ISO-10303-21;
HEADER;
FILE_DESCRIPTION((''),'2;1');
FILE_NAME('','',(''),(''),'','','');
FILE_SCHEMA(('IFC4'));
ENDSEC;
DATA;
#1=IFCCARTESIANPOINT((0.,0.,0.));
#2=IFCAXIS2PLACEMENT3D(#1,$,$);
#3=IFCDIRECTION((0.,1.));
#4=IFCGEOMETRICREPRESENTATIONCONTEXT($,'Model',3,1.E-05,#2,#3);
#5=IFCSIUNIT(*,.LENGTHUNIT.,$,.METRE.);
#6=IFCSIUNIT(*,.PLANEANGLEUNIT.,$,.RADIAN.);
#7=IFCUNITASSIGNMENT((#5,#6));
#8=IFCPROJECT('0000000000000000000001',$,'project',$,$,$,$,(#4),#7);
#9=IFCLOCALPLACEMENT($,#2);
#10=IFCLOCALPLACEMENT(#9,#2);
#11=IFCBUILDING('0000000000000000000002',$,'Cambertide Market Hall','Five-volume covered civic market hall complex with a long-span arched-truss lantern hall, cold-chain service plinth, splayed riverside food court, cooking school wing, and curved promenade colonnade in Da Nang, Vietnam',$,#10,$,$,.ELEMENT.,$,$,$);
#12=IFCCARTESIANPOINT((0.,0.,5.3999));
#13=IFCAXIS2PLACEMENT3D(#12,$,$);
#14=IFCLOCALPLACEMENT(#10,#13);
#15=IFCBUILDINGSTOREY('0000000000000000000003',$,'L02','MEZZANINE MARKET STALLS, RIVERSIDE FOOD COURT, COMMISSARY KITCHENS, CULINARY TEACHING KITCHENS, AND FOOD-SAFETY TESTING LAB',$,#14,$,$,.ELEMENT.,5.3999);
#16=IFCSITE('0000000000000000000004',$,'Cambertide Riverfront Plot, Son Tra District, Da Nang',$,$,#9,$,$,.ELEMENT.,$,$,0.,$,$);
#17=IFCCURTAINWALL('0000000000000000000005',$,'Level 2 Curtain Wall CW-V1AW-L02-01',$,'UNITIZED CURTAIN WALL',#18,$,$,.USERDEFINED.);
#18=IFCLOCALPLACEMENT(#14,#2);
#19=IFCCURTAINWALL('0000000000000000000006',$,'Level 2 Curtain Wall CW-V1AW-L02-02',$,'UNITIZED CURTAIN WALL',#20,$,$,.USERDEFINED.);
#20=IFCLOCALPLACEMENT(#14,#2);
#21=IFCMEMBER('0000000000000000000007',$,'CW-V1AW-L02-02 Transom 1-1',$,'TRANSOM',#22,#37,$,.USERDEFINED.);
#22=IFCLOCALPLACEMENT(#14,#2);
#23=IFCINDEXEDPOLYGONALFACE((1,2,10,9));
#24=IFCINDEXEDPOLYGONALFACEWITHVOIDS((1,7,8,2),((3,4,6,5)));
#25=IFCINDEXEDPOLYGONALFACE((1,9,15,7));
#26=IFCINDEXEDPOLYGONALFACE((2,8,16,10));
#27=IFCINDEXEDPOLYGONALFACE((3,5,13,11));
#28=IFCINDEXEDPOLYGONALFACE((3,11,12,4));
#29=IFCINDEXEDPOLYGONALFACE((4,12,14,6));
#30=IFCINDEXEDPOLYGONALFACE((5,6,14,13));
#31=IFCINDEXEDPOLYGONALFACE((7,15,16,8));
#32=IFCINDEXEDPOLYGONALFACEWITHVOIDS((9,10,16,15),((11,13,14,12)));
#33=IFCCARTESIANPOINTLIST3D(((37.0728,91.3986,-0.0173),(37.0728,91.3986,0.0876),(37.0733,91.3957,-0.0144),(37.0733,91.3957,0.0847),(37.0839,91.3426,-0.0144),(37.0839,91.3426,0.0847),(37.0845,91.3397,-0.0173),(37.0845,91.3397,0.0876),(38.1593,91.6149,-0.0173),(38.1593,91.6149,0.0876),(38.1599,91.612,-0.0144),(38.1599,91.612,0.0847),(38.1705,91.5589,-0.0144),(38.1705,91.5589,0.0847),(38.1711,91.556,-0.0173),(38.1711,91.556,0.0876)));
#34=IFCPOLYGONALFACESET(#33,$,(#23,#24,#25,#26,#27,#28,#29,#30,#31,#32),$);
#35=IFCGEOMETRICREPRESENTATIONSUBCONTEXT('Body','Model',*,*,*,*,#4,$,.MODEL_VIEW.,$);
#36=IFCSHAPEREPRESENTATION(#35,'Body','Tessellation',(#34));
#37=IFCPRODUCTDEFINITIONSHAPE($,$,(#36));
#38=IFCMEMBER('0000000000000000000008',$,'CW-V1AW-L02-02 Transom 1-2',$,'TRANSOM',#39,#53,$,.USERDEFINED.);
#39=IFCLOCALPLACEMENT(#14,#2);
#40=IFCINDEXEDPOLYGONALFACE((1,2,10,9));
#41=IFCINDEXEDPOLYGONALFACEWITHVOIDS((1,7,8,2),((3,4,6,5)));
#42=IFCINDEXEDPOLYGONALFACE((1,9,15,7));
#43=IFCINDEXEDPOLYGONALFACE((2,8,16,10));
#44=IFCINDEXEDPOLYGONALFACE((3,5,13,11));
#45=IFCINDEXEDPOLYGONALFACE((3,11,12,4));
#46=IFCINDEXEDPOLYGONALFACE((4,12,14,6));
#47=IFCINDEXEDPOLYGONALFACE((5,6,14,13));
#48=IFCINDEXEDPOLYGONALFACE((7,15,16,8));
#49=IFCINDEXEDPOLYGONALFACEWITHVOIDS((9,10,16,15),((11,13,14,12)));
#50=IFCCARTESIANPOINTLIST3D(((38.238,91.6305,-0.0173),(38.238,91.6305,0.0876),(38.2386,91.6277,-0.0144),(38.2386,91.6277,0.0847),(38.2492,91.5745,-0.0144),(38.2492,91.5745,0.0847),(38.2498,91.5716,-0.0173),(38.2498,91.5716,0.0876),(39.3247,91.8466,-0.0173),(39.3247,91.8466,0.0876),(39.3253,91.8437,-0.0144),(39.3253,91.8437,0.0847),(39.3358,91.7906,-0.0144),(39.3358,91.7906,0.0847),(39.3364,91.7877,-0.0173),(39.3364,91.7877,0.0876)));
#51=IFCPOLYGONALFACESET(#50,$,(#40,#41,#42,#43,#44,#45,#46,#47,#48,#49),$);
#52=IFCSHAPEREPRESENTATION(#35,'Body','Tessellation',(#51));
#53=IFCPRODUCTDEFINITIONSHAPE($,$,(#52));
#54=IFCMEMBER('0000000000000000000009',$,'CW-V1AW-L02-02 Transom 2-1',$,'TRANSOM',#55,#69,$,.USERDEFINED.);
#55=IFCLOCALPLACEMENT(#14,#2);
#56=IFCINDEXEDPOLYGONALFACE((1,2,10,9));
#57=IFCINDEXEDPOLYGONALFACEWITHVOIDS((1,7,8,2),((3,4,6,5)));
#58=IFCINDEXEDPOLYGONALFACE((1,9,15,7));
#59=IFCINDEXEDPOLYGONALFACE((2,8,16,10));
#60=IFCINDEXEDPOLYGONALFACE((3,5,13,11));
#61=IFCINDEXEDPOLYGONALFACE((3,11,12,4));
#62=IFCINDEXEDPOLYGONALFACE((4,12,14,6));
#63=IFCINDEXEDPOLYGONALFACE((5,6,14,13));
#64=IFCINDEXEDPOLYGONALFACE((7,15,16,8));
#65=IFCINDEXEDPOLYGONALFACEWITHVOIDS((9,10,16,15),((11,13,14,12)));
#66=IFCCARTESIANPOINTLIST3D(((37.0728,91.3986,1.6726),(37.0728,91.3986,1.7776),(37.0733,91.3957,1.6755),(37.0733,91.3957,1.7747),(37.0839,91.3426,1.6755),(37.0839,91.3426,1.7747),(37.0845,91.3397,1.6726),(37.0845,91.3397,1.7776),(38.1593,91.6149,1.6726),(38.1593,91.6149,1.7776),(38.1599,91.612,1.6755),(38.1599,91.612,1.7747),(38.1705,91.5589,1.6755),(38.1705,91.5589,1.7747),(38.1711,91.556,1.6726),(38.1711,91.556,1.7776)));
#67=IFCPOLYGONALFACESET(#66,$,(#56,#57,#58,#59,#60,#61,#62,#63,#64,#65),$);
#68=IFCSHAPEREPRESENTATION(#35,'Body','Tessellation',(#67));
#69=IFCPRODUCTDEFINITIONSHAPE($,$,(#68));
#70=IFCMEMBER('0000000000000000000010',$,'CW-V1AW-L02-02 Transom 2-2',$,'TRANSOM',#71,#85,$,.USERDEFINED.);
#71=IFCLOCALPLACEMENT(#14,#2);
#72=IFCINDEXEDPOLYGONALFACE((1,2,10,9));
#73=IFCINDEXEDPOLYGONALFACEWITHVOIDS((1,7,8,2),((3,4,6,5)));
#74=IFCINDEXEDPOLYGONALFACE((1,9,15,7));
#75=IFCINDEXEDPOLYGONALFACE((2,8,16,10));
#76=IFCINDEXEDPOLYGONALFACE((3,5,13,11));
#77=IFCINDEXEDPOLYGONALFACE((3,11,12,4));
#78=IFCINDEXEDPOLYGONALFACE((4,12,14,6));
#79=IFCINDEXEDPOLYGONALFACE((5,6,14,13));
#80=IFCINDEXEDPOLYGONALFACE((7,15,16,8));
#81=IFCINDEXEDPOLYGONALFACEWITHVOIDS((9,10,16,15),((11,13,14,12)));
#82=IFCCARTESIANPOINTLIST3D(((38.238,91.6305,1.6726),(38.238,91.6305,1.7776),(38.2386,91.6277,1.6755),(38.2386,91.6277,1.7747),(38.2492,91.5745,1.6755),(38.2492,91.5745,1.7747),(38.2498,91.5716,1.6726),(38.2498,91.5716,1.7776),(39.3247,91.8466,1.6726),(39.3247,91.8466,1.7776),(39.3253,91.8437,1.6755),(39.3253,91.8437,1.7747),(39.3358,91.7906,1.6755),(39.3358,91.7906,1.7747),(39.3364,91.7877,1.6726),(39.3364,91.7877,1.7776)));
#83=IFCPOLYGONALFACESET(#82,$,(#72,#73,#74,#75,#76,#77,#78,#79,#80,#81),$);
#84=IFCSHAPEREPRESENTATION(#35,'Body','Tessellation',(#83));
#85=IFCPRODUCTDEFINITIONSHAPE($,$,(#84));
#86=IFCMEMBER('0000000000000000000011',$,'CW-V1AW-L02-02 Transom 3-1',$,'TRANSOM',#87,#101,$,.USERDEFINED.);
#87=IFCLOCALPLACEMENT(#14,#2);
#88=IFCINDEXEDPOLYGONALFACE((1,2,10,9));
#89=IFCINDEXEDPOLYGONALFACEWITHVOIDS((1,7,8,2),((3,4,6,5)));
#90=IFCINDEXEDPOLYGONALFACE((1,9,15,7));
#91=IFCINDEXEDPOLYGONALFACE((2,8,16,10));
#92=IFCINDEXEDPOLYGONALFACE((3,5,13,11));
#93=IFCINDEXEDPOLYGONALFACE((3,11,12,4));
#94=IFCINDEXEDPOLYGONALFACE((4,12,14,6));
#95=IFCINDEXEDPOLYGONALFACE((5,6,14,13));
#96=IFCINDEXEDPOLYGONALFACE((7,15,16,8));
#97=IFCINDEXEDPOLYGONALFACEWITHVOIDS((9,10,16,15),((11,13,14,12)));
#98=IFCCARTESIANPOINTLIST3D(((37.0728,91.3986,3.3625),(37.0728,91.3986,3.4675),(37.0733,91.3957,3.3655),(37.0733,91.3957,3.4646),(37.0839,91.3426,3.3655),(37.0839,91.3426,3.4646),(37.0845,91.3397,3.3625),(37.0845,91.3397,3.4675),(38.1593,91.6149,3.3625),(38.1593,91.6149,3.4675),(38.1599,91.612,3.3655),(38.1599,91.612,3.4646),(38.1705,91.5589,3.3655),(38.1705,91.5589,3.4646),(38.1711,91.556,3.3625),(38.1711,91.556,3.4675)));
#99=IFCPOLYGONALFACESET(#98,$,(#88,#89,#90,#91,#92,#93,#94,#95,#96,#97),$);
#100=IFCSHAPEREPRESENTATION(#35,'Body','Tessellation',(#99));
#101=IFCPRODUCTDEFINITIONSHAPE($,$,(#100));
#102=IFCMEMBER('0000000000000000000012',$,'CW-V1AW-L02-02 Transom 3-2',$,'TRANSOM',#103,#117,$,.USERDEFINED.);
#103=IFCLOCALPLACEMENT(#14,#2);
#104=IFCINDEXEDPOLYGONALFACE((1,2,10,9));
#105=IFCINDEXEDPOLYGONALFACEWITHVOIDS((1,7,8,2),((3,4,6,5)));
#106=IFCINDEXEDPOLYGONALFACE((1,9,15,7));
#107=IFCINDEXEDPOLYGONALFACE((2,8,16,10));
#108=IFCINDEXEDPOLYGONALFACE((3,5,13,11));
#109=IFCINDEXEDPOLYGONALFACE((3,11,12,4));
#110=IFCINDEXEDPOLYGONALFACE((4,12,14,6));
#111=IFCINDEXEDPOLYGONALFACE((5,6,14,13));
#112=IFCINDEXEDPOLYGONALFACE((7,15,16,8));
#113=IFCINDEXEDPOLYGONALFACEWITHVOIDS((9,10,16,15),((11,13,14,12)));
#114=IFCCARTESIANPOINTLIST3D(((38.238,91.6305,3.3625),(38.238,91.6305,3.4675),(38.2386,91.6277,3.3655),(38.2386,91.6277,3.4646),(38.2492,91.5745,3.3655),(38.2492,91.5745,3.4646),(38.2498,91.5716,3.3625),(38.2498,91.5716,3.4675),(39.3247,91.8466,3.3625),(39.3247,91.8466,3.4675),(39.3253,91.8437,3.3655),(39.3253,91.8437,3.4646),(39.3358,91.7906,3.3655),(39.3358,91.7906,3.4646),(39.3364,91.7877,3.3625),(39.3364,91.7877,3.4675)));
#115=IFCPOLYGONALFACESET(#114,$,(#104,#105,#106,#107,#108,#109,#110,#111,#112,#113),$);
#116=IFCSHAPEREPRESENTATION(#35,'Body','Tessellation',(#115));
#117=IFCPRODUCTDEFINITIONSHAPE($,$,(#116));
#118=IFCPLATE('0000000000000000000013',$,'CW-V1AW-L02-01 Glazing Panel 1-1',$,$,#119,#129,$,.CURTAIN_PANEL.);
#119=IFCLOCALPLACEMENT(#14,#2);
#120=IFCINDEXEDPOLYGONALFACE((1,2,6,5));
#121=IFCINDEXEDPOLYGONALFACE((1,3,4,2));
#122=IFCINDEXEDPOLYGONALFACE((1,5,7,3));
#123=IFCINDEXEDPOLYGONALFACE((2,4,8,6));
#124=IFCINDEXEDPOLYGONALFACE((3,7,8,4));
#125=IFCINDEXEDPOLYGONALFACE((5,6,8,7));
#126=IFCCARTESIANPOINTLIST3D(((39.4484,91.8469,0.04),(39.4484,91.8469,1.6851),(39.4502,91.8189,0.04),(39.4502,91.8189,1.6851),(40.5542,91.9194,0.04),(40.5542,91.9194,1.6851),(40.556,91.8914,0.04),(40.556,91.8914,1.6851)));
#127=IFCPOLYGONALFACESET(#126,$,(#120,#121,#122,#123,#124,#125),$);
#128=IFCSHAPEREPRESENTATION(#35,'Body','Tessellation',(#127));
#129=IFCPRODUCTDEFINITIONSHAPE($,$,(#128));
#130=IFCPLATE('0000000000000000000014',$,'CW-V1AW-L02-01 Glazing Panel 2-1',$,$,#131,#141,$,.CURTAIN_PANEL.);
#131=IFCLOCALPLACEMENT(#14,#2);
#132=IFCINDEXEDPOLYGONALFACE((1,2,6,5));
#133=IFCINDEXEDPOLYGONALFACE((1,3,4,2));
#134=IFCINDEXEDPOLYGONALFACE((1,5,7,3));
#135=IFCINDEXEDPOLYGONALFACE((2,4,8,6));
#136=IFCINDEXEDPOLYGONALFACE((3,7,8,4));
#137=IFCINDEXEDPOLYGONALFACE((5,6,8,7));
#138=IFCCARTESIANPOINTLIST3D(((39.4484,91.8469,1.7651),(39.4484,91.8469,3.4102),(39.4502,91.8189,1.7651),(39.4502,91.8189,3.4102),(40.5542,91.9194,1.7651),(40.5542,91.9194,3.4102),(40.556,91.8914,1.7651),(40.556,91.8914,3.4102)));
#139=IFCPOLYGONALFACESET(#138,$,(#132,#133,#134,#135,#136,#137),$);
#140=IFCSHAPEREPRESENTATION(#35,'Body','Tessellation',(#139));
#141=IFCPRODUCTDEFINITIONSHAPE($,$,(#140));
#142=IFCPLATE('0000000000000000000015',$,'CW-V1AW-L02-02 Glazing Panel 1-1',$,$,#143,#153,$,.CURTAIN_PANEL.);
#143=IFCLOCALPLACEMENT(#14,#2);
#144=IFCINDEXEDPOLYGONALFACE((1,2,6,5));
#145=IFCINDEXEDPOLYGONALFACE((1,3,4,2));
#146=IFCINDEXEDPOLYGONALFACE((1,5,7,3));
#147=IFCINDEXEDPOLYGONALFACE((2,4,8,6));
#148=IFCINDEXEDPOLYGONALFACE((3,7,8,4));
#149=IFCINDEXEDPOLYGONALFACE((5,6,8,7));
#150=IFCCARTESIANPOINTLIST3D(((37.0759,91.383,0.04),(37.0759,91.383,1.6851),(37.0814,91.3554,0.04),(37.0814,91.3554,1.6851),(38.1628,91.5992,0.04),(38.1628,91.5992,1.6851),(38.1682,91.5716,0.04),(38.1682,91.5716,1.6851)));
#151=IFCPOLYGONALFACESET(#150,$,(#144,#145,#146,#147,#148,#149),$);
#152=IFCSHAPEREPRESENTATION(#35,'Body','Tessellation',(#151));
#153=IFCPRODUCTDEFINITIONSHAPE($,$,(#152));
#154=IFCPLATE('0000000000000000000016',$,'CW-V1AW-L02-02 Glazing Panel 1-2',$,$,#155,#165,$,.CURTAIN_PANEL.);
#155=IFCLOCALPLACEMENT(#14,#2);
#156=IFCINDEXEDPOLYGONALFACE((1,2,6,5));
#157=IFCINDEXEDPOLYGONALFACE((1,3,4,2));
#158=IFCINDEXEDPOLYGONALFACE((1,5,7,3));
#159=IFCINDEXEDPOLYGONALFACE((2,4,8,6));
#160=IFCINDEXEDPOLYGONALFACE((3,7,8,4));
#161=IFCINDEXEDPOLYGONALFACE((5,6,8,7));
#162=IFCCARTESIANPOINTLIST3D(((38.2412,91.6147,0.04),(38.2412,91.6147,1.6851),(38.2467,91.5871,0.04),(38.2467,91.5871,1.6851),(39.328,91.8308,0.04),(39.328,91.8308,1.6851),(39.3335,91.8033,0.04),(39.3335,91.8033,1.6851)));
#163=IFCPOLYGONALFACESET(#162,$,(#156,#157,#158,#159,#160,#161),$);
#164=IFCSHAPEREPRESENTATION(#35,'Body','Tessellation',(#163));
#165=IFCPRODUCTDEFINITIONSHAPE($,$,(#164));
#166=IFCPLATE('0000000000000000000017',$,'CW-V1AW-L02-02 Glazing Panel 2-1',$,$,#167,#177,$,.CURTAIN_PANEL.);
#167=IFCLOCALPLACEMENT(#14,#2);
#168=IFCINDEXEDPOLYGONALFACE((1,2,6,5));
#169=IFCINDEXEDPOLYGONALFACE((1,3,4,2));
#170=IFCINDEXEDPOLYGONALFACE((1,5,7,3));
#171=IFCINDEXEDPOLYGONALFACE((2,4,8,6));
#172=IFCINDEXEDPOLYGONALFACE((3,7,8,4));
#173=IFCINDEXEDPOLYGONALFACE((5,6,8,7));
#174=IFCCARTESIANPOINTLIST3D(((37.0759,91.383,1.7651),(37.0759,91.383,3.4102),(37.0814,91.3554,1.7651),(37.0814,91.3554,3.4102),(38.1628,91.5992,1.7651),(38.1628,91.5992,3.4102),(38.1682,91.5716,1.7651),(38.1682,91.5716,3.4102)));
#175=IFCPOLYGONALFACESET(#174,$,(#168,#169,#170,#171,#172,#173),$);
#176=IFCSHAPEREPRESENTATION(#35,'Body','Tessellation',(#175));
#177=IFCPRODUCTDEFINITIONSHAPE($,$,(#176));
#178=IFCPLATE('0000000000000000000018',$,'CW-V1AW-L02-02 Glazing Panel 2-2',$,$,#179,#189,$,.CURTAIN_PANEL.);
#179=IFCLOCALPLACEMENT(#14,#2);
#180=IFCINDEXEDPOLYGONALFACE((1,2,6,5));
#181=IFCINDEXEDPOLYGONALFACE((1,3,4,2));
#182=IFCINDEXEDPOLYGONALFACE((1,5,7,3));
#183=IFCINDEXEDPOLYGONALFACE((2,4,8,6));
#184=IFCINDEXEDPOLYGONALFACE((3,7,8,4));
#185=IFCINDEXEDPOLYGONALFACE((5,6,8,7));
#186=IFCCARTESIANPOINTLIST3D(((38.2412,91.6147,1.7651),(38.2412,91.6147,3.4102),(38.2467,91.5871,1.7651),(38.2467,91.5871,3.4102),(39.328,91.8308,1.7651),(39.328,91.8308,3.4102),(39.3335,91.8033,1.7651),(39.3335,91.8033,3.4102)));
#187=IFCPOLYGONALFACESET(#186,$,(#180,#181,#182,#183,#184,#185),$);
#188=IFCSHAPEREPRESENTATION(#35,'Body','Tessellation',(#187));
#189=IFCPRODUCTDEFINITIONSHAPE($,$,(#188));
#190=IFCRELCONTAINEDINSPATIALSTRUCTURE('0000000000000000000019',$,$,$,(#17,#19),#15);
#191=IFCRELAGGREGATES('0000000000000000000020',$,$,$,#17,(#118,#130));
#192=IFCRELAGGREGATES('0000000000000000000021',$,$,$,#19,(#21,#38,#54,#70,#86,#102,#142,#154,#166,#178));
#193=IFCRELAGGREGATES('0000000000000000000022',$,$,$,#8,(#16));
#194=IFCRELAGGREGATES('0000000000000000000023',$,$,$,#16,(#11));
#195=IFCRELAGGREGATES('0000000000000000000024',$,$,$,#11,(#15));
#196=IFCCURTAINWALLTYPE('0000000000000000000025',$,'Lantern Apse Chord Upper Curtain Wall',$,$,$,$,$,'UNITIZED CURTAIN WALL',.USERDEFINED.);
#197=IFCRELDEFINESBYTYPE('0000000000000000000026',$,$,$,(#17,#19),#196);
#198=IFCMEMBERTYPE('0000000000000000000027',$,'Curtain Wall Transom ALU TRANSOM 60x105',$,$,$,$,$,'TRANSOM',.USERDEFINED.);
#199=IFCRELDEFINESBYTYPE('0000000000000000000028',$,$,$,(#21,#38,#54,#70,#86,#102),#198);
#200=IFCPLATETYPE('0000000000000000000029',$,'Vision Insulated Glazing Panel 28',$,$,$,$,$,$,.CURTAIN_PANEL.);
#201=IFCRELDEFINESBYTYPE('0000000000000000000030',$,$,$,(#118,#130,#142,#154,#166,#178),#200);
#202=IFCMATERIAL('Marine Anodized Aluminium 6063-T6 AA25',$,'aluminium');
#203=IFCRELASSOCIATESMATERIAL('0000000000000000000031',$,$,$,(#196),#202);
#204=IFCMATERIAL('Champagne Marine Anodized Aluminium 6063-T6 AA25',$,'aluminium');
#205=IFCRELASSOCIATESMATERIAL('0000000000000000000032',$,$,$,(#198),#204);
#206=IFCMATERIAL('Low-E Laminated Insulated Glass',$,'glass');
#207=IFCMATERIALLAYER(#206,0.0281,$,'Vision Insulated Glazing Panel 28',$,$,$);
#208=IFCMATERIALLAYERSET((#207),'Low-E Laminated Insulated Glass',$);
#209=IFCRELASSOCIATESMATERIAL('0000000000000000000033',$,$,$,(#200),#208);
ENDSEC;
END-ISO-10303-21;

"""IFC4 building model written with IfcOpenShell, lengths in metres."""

from ifc_helpers import new_model, si_unit, direction, frame, origin, origin_2d, place, context, subcontext, project, spatial, rectangle, hollow_rectangle, extrude, material, layer, layer_set, material_profile, profile_set, type_object, element, aggregate, save


model = new_model("IFC4")

# Units and contexts
model_context = context("Model", 3, precision=1e-05, world=origin(), true_north=direction((0.0, 1.0)))
body_context = subcontext(model_context, "Body", "Model", "MODEL_VIEW")
ifc_project = project(units=[si_unit("LENGTHUNIT", "METRE"), si_unit("PLANEANGLEUNIT", "RADIAN")], contexts=[model_context])

# Site, building, storey
site_placement = place(None, origin())
site = spatial("IfcSite", under=ifc_project, at=site_placement, Name="Cambertide Riverfront Plot, Son Tra District, Da Nang", CompositionType="ELEMENT", RefElevation=0.0)
building_placement = place(site_placement, origin())
building = spatial("IfcBuilding", under=site, at=building_placement, Name="Cambertide Market Hall", Description="Five-volume covered civic market hall complex with a long-span arched-truss lantern hall, cold-chain service plinth, splayed riverside food court, cooking school wing, and curved promenade colonnade in Da Nang, Vietnam", CompositionType="ELEMENT")
storey_placement = place(building_placement, frame((0.0, 0.0, 5.3999)))
storey = spatial("IfcBuildingStorey", under=building, at=storey_placement, Name="L02", Description="MEZZANINE MARKET STALLS, RIVERSIDE FOOD COURT, COMMISSARY KITCHENS, CULINARY TEACHING KITCHENS, AND FOOD-SAFETY TESTING LAB", CompositionType="ELEMENT", Elevation=5.3999)

# Curtain walls
ifc_material_1 = material(Name="Marine Anodized Aluminium 6063-T6 AA25", Category="aluminium")
curtain_wall_type = type_object("IfcCurtainWallType", Name="Lantern Apse Chord Upper Curtain Wall", ElementType="UNITIZED CURTAIN WALL", PredefinedType="USERDEFINED", material=ifc_material_1)
curtain_wall_1_placement = place(storey_placement, origin())
curtain_wall_1 = element("IfcCurtainWall", 1, at=curtain_wall_1_placement, inside=storey, type_object=curtain_wall_type, Name="Level 2 Curtain Wall CW-V1AW-L02-01", ObjectType="UNITIZED CURTAIN WALL", PredefinedType="USERDEFINED")
curtain_wall_2_placement = place(storey_placement, origin())
curtain_wall_2 = element("IfcCurtainWall", 2, at=curtain_wall_2_placement, inside=storey, type_object=curtain_wall_type, Name="Level 2 Curtain Wall CW-V1AW-L02-02", ObjectType="UNITIZED CURTAIN WALL", PredefinedType="USERDEFINED")

# Members
ifc_material_2 = material(Name="Champagne Marine Anodized Aluminium 6063-T6 AA25", Category="aluminium")
ifc_material_profile_1 = material_profile(ifc_material_2, hollow_rectangle(XDim=0.0601, YDim=0.105, WallThickness=0.0029, at=origin_2d()), Name="ALU TRANSOM 60x105")
ifc_profile_set_1 = profile_set([ifc_material_profile_1], Name="Champagne Marine Anodized Aluminium 6063-T6 AA25")
member_type_1 = type_object("IfcMemberType", Name="Curtain Wall Transom ALU TRANSOM 60x105", ElementType="TRANSOM", PredefinedType="USERDEFINED", material=ifc_profile_set_1)
member_1_placement = place(storey_placement, frame((37.0786, 91.3691, 0.0352), z_axis=(0.980758, 0.195226, 0.0), x_axis=(-0.195226, 0.980758, 0.0)))
member_1 = element("IfcMember", 3, at=member_1_placement, type_object=member_type_1, Name="CW-V1AW-L02-02 Transom 1-1", ObjectType="TRANSOM", PredefinedType="USERDEFINED", context=body_context, shape_type="SweptSolid", body=[
    extrude(hollow_rectangle(XDim=0.0601, YDim=0.105, WallThickness=0.0029, at=origin_2d()), origin(), (0.0, 0.0, 1.0), 1.1079),
])
member_2_placement = place(storey_placement, frame((38.2439, 91.6011, 0.0352), z_axis=(0.9808, 0.195014, 0.0), x_axis=(-0.195014, 0.9808, 0.0)))
member_2 = element("IfcMember", 4, at=member_2_placement, type_object=member_type_1, Name="CW-V1AW-L02-02 Transom 1-2", ObjectType="TRANSOM", PredefinedType="USERDEFINED", context=body_context, shape_type="SweptSolid", body=[
    extrude(hollow_rectangle(XDim=0.0601, YDim=0.105, WallThickness=0.0029, at=origin_2d()), origin(), (0.0, 0.0, 1.0), 1.1079),
])
member_3_placement = place(storey_placement, frame((37.0786, 91.3691, 1.7251), z_axis=(0.980758, 0.195226, 0.0), x_axis=(-0.195226, 0.980758, 0.0)))
member_3 = element("IfcMember", 5, at=member_3_placement, type_object=member_type_1, Name="CW-V1AW-L02-02 Transom 2-1", ObjectType="TRANSOM", PredefinedType="USERDEFINED", context=body_context, shape_type="SweptSolid", body=[
    extrude(hollow_rectangle(XDim=0.0601, YDim=0.105, WallThickness=0.0029, at=origin_2d()), origin(), (0.0, 0.0, 1.0), 1.1079),
])
member_4_placement = place(storey_placement, frame((38.2439, 91.6011, 1.7251), z_axis=(0.9808, 0.195014, 0.0), x_axis=(-0.195014, 0.9808, 0.0)))
member_4 = element("IfcMember", 6, at=member_4_placement, type_object=member_type_1, Name="CW-V1AW-L02-02 Transom 2-2", ObjectType="TRANSOM", PredefinedType="USERDEFINED", context=body_context, shape_type="SweptSolid", body=[
    extrude(hollow_rectangle(XDim=0.0601, YDim=0.105, WallThickness=0.0029, at=origin_2d()), origin(), (0.0, 0.0, 1.0), 1.1079),
])
member_5_placement = place(storey_placement, frame((37.0786, 91.3691, 3.415), z_axis=(0.980758, 0.195226, 0.0), x_axis=(-0.195226, 0.980758, 0.0)))
member_5 = element("IfcMember", 7, at=member_5_placement, type_object=member_type_1, Name="CW-V1AW-L02-02 Transom 3-1", ObjectType="TRANSOM", PredefinedType="USERDEFINED", context=body_context, shape_type="SweptSolid", body=[
    extrude(hollow_rectangle(XDim=0.0601, YDim=0.105, WallThickness=0.0029, at=origin_2d()), origin(), (0.0, 0.0, 1.0), 1.1079),
])
member_6_placement = place(storey_placement, frame((38.2439, 91.6011, 3.415), z_axis=(0.9808, 0.195014, 0.0), x_axis=(-0.195014, 0.9808, 0.0)))
member_6 = element("IfcMember", 8, at=member_6_placement, type_object=member_type_1, Name="CW-V1AW-L02-02 Transom 3-2", ObjectType="TRANSOM", PredefinedType="USERDEFINED", context=body_context, shape_type="SweptSolid", body=[
    extrude(hollow_rectangle(XDim=0.0601, YDim=0.105, WallThickness=0.0029, at=origin_2d()), origin(), (0.0, 0.0, 1.0), 1.1079),
])

# Plates
ifc_material_3 = material(Name="Low-E Laminated Insulated Glass", Category="glass")
ifc_layer_1 = layer(ifc_material_3, 0.0281, Name="Vision Insulated Glazing Panel 28")
ifc_layer_set_1 = layer_set([ifc_layer_1], Name="Low-E Laminated Insulated Glass")
plate_type = type_object("IfcPlateType", Name="Vision Insulated Glazing Panel 28", PredefinedType="CURTAIN_PANEL", material=ifc_layer_set_1)
plate_1_placement = place(storey_placement, frame((40.0022, 91.8691, 0.04), z_axis=(0.0, 0.0, 1.0), x_axis=(0.997859, 0.065403, 0.0)))
plate_1 = element("IfcPlate", 9, at=plate_1_placement, type_object=plate_type, Name="CW-V1AW-L02-01 Glazing Panel 1-1", PredefinedType="CURTAIN_PANEL", context=body_context, shape_type="SweptSolid", body=[
    extrude(rectangle(XDim=1.1082, YDim=0.0281, at=origin_2d()), origin(), (0.0, 0.0, 1.0), 1.645),
])
plate_2_placement = place(storey_placement, frame((40.0022, 91.8691, 1.7651), z_axis=(0.0, 0.0, 1.0), x_axis=(0.997859, 0.065403, 0.0)))
plate_2 = element("IfcPlate", 10, at=plate_2_placement, type_object=plate_type, Name="CW-V1AW-L02-01 Glazing Panel 2-1", PredefinedType="CURTAIN_PANEL", context=body_context, shape_type="SweptSolid", body=[
    extrude(rectangle(XDim=1.1082, YDim=0.0281, at=origin_2d()), origin(), (0.0, 0.0, 1.0), 1.645),
])
aggregate(curtain_wall_1, [plate_1, plate_2])
plate_3_placement = place(storey_placement, frame((37.6221, 91.4773, 0.04), z_axis=(0.0, 0.0, 1.0), x_axis=(0.980785, 0.19509, 0.0)))
plate_3 = element("IfcPlate", 11, at=plate_3_placement, type_object=plate_type, Name="CW-V1AW-L02-02 Glazing Panel 1-1", PredefinedType="CURTAIN_PANEL", context=body_context, shape_type="SweptSolid", body=[
    extrude(rectangle(XDim=1.1082, YDim=0.0281, at=origin_2d()), origin(), (0.0, 0.0, 1.0), 1.645),
])
plate_4_placement = place(storey_placement, frame((38.7874, 91.709, 0.04), z_axis=(0.0, 0.0, 1.0), x_axis=(0.980785, 0.19509, 0.0)))
plate_4 = element("IfcPlate", 12, at=plate_4_placement, type_object=plate_type, Name="CW-V1AW-L02-02 Glazing Panel 1-2", PredefinedType="CURTAIN_PANEL", context=body_context, shape_type="SweptSolid", body=[
    extrude(rectangle(XDim=1.1082, YDim=0.0281, at=origin_2d()), origin(), (0.0, 0.0, 1.0), 1.645),
])
plate_5_placement = place(storey_placement, frame((37.6221, 91.4773, 1.7651), z_axis=(0.0, 0.0, 1.0), x_axis=(0.980785, 0.19509, 0.0)))
plate_5 = element("IfcPlate", 13, at=plate_5_placement, type_object=plate_type, Name="CW-V1AW-L02-02 Glazing Panel 2-1", PredefinedType="CURTAIN_PANEL", context=body_context, shape_type="SweptSolid", body=[
    extrude(rectangle(XDim=1.1082, YDim=0.0281, at=origin_2d()), origin(), (0.0, 0.0, 1.0), 1.645),
])
plate_6_placement = place(storey_placement, frame((38.7874, 91.709, 1.7651), z_axis=(0.0, 0.0, 1.0), x_axis=(0.980785, 0.19509, 0.0)))
plate_6 = element("IfcPlate", 14, at=plate_6_placement, type_object=plate_type, Name="CW-V1AW-L02-02 Glazing Panel 2-2", PredefinedType="CURTAIN_PANEL", context=body_context, shape_type="SweptSolid", body=[
    extrude(rectangle(XDim=1.1082, YDim=0.0281, at=origin_2d()), origin(), (0.0, 0.0, 1.0), 1.645),
])
aggregate(curtain_wall_2, [member_1, member_2, member_3, member_4, member_5, member_6, plate_3, plate_4, plate_5, plate_6])

save(model, "model.ifc")
